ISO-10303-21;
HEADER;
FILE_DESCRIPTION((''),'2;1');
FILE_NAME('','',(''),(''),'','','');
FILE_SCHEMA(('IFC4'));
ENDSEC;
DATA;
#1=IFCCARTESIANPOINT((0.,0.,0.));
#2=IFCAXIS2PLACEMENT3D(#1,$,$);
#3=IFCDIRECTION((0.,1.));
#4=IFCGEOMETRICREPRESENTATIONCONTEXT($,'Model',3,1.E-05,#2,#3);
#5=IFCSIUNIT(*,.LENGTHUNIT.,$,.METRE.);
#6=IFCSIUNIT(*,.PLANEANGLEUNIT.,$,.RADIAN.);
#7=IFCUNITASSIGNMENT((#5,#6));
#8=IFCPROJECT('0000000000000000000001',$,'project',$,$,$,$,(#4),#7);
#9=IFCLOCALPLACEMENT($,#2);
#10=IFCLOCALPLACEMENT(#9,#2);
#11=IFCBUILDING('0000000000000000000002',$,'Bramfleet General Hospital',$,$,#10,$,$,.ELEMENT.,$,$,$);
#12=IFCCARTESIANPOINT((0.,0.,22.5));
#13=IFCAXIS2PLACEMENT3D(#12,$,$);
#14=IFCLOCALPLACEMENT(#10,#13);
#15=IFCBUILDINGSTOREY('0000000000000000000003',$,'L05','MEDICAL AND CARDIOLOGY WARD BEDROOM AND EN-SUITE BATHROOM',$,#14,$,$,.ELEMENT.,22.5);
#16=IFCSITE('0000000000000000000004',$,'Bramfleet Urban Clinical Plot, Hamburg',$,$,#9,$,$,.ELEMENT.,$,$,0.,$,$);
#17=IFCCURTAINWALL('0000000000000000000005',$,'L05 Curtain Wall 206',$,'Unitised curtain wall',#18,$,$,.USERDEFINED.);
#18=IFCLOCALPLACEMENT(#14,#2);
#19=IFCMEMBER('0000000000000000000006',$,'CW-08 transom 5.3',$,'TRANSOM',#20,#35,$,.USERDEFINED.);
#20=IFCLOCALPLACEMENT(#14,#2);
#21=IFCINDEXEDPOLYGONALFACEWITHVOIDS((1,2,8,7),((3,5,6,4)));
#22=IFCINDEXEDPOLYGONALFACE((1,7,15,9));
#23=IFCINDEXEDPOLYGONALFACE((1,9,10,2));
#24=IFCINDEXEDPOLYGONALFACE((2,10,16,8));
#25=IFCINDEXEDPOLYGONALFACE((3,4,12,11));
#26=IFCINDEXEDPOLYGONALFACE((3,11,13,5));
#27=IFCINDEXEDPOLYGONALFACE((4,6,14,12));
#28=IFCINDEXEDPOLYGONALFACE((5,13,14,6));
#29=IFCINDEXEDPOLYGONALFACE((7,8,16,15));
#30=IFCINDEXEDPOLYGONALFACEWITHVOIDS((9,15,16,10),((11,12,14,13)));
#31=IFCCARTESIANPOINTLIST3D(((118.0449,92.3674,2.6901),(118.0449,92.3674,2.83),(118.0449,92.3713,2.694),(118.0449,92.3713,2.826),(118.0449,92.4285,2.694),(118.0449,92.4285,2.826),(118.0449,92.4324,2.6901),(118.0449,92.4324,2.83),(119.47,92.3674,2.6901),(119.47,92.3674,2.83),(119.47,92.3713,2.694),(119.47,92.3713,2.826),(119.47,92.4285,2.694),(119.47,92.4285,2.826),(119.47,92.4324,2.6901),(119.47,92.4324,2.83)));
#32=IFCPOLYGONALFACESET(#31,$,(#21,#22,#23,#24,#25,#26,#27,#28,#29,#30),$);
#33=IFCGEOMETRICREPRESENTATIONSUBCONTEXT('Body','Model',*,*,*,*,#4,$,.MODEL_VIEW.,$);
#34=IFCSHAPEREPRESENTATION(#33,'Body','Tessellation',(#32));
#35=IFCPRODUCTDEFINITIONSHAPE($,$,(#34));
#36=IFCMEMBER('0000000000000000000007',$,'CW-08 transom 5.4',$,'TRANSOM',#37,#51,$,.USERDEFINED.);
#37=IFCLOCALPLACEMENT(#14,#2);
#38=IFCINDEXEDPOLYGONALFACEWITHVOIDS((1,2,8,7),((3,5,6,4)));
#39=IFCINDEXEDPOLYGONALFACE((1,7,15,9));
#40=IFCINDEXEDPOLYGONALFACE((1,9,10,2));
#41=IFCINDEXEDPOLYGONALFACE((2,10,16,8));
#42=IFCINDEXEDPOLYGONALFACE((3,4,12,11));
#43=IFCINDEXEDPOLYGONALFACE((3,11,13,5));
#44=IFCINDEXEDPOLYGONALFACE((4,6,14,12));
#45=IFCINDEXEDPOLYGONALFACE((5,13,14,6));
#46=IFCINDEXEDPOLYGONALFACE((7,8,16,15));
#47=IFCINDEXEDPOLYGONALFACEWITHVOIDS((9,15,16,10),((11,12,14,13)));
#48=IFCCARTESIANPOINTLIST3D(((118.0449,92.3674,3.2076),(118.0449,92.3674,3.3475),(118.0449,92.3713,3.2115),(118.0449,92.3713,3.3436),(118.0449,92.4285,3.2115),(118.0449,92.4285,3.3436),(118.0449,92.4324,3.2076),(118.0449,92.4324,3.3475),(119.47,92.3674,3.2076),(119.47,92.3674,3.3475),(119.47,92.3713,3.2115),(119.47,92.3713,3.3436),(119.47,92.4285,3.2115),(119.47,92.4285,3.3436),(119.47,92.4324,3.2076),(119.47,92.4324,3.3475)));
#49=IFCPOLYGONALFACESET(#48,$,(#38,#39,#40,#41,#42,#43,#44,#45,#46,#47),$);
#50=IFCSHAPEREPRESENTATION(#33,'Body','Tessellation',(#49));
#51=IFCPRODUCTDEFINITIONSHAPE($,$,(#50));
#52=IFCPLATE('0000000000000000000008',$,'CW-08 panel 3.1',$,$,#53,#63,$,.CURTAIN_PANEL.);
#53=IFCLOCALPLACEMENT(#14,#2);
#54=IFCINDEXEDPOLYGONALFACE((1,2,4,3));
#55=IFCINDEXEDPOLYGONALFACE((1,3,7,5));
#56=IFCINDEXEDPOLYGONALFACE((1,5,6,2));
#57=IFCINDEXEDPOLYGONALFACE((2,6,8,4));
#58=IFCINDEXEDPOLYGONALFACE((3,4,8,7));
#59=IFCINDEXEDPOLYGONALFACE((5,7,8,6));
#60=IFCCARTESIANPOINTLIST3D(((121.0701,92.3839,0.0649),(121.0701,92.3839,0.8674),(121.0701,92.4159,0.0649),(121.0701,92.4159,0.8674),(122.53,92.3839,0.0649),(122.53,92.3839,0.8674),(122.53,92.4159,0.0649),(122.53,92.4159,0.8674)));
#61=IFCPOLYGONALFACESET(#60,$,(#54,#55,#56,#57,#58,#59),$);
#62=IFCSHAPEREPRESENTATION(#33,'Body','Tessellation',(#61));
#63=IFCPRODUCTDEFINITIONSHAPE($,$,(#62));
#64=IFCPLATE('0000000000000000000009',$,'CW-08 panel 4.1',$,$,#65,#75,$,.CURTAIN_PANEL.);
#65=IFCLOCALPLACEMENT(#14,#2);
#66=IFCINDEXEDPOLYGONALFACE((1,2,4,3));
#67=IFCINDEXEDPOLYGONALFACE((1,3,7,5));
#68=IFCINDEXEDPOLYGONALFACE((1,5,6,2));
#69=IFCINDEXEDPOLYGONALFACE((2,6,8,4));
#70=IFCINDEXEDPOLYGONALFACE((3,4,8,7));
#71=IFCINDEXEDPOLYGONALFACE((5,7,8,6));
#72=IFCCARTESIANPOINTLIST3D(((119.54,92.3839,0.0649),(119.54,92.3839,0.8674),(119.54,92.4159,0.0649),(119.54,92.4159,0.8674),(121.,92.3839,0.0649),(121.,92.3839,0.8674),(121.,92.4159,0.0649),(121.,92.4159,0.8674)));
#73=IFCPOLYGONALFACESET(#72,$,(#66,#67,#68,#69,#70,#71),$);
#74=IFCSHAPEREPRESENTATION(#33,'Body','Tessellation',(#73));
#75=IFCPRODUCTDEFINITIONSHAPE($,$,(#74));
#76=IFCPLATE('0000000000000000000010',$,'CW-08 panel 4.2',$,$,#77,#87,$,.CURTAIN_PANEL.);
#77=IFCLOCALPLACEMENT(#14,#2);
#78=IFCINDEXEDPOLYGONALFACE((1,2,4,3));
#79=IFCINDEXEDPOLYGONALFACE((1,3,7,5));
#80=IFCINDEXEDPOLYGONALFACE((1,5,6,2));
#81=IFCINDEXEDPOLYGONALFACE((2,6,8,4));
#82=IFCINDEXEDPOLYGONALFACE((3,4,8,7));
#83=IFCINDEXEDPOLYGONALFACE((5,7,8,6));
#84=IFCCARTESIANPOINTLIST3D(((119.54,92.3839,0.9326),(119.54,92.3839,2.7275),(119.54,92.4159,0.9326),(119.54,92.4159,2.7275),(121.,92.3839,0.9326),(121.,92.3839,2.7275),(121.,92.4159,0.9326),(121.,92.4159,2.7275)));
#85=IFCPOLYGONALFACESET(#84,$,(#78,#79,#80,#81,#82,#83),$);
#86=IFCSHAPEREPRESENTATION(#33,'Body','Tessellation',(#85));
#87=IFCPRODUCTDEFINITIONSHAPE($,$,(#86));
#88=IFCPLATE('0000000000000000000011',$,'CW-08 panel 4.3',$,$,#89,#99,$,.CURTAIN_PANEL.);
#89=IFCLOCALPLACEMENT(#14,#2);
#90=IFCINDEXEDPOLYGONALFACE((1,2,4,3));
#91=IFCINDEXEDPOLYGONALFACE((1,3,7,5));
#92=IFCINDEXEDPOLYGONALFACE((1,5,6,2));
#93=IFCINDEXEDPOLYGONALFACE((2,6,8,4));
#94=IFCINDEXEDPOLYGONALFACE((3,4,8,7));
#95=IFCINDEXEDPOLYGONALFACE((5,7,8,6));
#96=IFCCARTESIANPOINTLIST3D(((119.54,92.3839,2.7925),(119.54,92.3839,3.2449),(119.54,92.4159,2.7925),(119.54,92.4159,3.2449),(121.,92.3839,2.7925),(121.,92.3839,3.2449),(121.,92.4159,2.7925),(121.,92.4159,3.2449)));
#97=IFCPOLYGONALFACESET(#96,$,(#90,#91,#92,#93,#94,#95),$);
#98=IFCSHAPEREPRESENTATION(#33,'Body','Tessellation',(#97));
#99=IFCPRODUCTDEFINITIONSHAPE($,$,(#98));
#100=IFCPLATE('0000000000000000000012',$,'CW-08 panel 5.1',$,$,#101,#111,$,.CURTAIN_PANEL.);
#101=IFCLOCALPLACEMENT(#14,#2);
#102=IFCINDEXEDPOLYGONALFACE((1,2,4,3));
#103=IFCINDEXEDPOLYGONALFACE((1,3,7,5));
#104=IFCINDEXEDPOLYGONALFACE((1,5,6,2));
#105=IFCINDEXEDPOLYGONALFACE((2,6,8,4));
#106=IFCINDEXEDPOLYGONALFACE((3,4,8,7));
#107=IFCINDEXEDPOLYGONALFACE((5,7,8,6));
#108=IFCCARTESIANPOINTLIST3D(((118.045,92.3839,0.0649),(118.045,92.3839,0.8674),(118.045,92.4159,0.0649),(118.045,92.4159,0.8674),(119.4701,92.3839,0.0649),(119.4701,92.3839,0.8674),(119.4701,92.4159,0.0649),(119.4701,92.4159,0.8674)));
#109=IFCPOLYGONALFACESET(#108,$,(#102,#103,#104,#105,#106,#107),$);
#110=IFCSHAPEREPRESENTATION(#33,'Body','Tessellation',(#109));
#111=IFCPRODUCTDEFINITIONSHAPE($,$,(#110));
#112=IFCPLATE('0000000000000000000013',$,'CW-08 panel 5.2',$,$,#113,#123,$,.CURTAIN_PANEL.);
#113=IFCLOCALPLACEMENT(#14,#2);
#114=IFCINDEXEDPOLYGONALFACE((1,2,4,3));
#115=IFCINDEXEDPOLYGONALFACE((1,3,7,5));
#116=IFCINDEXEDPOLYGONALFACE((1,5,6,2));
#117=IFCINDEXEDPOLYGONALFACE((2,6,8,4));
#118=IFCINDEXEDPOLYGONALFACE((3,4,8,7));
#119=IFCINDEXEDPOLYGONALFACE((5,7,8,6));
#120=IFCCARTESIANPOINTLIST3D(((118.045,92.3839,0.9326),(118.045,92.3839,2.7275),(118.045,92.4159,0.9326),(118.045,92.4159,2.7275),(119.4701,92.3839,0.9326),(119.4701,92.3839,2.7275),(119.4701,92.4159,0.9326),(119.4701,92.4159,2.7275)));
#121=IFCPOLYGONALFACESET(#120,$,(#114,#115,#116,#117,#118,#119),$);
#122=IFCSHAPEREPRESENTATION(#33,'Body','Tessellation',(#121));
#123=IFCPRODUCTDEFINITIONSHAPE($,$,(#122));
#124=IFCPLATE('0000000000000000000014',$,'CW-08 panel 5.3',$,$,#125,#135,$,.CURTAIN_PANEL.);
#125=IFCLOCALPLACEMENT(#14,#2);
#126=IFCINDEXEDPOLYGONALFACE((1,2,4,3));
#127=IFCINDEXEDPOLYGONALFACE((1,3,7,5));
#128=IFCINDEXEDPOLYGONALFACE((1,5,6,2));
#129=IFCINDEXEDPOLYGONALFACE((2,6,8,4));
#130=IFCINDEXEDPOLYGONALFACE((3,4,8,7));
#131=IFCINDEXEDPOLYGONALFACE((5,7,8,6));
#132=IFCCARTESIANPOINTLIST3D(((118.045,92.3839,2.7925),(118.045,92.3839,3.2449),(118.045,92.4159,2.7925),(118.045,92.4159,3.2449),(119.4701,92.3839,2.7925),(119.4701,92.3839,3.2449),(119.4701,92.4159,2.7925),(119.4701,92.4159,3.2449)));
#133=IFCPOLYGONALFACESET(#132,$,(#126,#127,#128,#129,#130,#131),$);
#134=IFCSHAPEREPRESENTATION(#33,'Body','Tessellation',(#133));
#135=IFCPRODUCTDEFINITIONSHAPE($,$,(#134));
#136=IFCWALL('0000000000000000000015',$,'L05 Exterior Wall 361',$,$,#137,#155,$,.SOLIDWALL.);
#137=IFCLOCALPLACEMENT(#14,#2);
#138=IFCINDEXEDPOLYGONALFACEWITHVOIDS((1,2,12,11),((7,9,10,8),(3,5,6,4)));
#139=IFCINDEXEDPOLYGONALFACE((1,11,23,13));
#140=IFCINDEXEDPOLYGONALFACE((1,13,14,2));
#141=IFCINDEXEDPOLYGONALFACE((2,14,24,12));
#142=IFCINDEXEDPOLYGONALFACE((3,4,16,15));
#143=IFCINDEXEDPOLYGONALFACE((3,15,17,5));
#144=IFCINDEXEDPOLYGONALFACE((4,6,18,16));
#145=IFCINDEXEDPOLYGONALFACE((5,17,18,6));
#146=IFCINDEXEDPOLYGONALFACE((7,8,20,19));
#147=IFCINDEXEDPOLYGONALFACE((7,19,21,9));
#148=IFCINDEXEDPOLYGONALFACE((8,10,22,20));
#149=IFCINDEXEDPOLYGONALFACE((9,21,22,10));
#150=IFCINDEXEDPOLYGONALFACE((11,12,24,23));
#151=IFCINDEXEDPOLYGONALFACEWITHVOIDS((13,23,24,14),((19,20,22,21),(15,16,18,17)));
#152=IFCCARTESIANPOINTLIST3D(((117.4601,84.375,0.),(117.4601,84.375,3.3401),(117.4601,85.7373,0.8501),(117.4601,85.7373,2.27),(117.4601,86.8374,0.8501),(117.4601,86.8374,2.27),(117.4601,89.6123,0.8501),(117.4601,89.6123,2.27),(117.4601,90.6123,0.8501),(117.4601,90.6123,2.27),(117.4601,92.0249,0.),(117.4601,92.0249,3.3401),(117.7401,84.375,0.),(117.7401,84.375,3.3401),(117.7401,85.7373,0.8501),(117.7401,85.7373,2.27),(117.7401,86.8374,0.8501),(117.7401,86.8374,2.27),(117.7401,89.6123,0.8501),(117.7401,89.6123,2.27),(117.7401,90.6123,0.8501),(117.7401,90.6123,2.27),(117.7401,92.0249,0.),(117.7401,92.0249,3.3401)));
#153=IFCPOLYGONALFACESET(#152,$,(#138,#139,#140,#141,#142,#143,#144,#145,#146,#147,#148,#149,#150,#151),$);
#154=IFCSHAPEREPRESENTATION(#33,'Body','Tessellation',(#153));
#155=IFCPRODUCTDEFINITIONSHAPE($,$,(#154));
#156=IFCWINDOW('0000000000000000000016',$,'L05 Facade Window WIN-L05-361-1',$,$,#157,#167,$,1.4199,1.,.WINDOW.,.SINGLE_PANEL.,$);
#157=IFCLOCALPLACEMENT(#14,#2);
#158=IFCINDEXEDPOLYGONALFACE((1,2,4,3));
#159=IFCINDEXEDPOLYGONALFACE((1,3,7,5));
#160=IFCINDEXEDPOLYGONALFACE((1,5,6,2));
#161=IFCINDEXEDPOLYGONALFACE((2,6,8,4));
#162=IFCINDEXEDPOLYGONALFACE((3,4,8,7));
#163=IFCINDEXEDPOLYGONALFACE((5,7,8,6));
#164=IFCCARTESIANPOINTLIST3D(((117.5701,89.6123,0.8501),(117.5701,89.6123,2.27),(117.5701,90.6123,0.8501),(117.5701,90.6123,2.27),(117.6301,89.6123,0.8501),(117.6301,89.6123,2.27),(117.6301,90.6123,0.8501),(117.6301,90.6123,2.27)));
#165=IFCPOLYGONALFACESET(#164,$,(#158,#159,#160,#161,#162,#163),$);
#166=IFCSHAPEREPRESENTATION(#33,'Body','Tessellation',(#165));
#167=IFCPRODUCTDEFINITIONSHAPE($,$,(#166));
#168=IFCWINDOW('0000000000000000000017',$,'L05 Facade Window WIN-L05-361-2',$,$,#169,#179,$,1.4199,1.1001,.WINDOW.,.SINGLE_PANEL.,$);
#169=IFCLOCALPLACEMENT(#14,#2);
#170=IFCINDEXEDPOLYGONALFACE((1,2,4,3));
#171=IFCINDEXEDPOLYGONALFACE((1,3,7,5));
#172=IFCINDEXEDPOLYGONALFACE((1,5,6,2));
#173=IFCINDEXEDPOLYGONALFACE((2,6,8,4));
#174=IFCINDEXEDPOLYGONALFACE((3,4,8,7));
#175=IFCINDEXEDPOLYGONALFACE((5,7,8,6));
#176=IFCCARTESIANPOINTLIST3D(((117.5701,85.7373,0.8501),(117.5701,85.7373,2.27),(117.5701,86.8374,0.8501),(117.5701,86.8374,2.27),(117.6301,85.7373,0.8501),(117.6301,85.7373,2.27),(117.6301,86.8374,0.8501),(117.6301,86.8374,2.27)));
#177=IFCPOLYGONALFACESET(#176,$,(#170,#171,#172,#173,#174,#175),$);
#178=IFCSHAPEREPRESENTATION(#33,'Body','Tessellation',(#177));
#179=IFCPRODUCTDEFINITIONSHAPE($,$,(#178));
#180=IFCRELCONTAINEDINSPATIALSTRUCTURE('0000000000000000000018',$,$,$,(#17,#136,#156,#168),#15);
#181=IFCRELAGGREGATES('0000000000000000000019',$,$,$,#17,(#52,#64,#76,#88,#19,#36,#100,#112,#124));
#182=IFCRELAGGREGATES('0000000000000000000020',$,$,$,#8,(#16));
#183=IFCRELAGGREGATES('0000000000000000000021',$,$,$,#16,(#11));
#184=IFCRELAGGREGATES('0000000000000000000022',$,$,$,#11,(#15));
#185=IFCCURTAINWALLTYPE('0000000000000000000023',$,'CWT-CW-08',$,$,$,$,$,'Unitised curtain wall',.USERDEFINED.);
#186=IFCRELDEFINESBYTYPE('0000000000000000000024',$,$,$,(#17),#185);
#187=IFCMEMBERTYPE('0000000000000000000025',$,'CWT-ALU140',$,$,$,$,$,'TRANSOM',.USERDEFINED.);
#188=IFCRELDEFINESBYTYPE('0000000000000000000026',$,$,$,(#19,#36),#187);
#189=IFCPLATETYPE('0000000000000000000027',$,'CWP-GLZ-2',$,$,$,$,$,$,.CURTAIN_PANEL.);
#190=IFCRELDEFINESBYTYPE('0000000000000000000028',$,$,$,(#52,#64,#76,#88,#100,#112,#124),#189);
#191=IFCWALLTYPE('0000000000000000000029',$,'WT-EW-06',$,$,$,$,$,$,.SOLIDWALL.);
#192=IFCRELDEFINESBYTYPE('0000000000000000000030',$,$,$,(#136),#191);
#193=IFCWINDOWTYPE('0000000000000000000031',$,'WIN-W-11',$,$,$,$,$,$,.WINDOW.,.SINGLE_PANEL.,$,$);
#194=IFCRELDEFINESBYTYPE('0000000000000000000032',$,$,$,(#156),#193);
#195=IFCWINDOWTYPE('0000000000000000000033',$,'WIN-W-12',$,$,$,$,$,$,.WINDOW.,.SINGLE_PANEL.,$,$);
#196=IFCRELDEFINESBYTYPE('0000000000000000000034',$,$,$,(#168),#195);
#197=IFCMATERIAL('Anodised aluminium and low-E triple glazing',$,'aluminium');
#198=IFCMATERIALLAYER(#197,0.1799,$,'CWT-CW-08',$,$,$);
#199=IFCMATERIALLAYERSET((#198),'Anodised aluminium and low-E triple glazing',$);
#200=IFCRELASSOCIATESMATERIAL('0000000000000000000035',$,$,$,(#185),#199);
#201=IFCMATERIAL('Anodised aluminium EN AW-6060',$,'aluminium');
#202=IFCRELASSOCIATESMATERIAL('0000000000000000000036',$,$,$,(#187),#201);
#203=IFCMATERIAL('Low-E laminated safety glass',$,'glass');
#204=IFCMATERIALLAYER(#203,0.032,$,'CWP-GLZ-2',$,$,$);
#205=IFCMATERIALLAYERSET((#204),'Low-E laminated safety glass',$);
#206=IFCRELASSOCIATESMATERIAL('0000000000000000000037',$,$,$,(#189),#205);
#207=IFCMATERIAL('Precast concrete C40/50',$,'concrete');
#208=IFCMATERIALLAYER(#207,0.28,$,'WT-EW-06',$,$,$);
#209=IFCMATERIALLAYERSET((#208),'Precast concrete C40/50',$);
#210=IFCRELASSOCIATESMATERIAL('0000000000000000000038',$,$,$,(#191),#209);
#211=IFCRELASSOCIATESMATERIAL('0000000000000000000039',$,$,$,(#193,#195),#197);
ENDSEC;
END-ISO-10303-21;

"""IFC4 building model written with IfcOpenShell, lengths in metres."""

from ifc_helpers import new_model, si_unit, direction, frame, frame_2d, origin, origin_2d, place, context, subcontext, project, spatial, rectangle, hollow_rectangle, extrude, material, layer, layer_set, material_profile, profile_set, type_object, element, fill, aggregate, save


model = new_model("IFC4")

# Units and contexts
model_context = context("Model", 3, precision=1e-05, world=origin(), true_north=direction((0.0, 1.0)))
body_context = subcontext(model_context, "Body", "Model", "MODEL_VIEW")
ifc_project = project(units=[si_unit("LENGTHUNIT", "METRE"), si_unit("PLANEANGLEUNIT", "RADIAN")], contexts=[model_context])

# Site, building, storey
site_placement = place(None, origin())
site = spatial("IfcSite", under=ifc_project, at=site_placement, Name="Bramfleet Urban Clinical Plot, Hamburg", CompositionType="ELEMENT", RefElevation=0.0)
building_placement = place(site_placement, origin())
building = spatial("IfcBuilding", under=site, at=building_placement, Name="Bramfleet General Hospital", CompositionType="ELEMENT")
storey_placement = place(building_placement, frame((0.0, 0.0, 22.5)))
storey = spatial("IfcBuildingStorey", under=building, at=storey_placement, Name="L05", Description="MEDICAL AND CARDIOLOGY WARD BEDROOM AND EN-SUITE BATHROOM", CompositionType="ELEMENT", Elevation=22.5)

# Curtain wall, members, plates
ifc_material_1 = material(Name="Anodised aluminium and low-E triple glazing", Category="aluminium")
ifc_layer_1 = layer(ifc_material_1, 0.1799, Name="CWT-CW-08")
ifc_layer_set_1 = layer_set([ifc_layer_1], Name="Anodised aluminium and low-E triple glazing")
curtain_wall_type = type_object("IfcCurtainWallType", Name="CWT-CW-08", ElementType="Unitised curtain wall", PredefinedType="USERDEFINED", material=ifc_layer_set_1)
curtain_wall_placement = place(storey_placement, origin())
curtain_wall = element("IfcCurtainWall", 1, at=curtain_wall_placement, inside=storey, type_object=curtain_wall_type, Name="L05 Curtain Wall 206", ObjectType="Unitised curtain wall", PredefinedType="USERDEFINED")
ifc_material_2 = material(Name="Anodised aluminium EN AW-6060", Category="aluminium")
ifc_material_profile_1 = material_profile(ifc_material_2, hollow_rectangle(XDim=0.0649, YDim=0.1399, WallThickness=0.0039, at=origin_2d()), Name="ALU 140x65x4.0")
ifc_profile_set_1 = profile_set([ifc_material_profile_1], Name="Anodised aluminium EN AW-6060")
member_type_1 = type_object("IfcMemberType", Name="CWT-ALU140", ElementType="TRANSOM", PredefinedType="USERDEFINED", material=ifc_profile_set_1)
member_1_placement = place(storey_placement, frame((119.47, 92.3999, 2.76), z_axis=(-1.0, 0.0, 0.0), x_axis=(0.0, -1.0, 0.0)))
member_1 = element("IfcMember", 2, at=member_1_placement, type_object=member_type_1, Name="CW-08 transom 5.3", ObjectType="TRANSOM", PredefinedType="USERDEFINED", context=body_context, shape_type="SweptSolid", body=[
    extrude(hollow_rectangle(XDim=0.0649, YDim=0.1399, WallThickness=0.0039, at=origin_2d()), origin(), (0.0, 0.0, 1.0), 1.425),
])
member_2_placement = place(storey_placement, frame((119.47, 92.3999, 3.2776), z_axis=(-1.0, 0.0, 0.0), x_axis=(0.0, -1.0, 0.0)))
member_2 = element("IfcMember", 3, at=member_2_placement, type_object=member_type_1, Name="CW-08 transom 5.4", ObjectType="TRANSOM", PredefinedType="USERDEFINED", context=body_context, shape_type="SweptSolid", body=[
    extrude(hollow_rectangle(XDim=0.0649, YDim=0.1399, WallThickness=0.0039, at=origin_2d()), origin(), (0.0, 0.0, 1.0), 1.425),
])
ifc_material_3 = material(Name="Low-E laminated safety glass", Category="glass")
ifc_layer_2 = layer(ifc_material_3, 0.032, Name="CWP-GLZ-2")
ifc_layer_set_2 = layer_set([ifc_layer_2], Name="Low-E laminated safety glass")
plate_type = type_object("IfcPlateType", Name="CWP-GLZ-2", PredefinedType="CURTAIN_PANEL", material=ifc_layer_set_2)
plate_1_placement = place(storey_placement, frame((121.8, 92.3999, 0.0649), z_axis=(0.0, 0.0, 1.0), x_axis=(-1.0, 0.0, 0.0)))
plate_1 = element("IfcPlate", 4, at=plate_1_placement, type_object=plate_type, Name="CW-08 panel 3.1", PredefinedType="CURTAIN_PANEL", context=body_context, shape_type="SweptSolid", body=[
    extrude(rectangle(XDim=1.46, YDim=0.032, at=origin_2d()), origin(), (0.0, 0.0, 1.0), 0.8025),
])
plate_2_placement = place(storey_placement, frame((120.27, 92.3999, 0.0649), z_axis=(0.0, 0.0, 1.0), x_axis=(-1.0, 0.0, 0.0)))
plate_2 = element("IfcPlate", 5, at=plate_2_placement, type_object=plate_type, Name="CW-08 panel 4.1", PredefinedType="CURTAIN_PANEL", context=body_context, shape_type="SweptSolid", body=[
    extrude(rectangle(XDim=1.46, YDim=0.032, at=origin_2d()), origin(), (0.0, 0.0, 1.0), 0.8025),
])
plate_3_placement = place(storey_placement, frame((120.27, 92.3999, 0.9326), z_axis=(0.0, 0.0, 1.0), x_axis=(-1.0, 0.0, 0.0)))
plate_3 = element("IfcPlate", 6, at=plate_3_placement, type_object=plate_type, Name="CW-08 panel 4.2", PredefinedType="CURTAIN_PANEL", context=body_context, shape_type="SweptSolid", body=[
    extrude(rectangle(XDim=1.46, YDim=0.032, at=origin_2d()), origin(), (0.0, 0.0, 1.0), 1.7949),
])
plate_4_placement = place(storey_placement, frame((120.27, 92.3999, 2.7925), z_axis=(0.0, 0.0, 1.0), x_axis=(-1.0, 0.0, 0.0)))
plate_4 = element("IfcPlate", 7, at=plate_4_placement, type_object=plate_type, Name="CW-08 panel 4.3", PredefinedType="CURTAIN_PANEL", context=body_context, shape_type="SweptSolid", body=[
    extrude(rectangle(XDim=1.46, YDim=0.032, at=origin_2d()), origin(), (0.0, 0.0, 1.0), 0.4524),
])
plate_5_placement = place(storey_placement, frame((118.7576, 92.3999, 0.0649), z_axis=(0.0, 0.0, 1.0), x_axis=(-1.0, 0.0, 0.0)))
plate_5 = element("IfcPlate", 8, at=plate_5_placement, type_object=plate_type, Name="CW-08 panel 5.1", PredefinedType="CURTAIN_PANEL", context=body_context, shape_type="SweptSolid", body=[
    extrude(rectangle(XDim=1.425, YDim=0.032, at=origin_2d()), origin(), (0.0, 0.0, 1.0), 0.8025),
])
plate_6_placement = place(storey_placement, frame((118.7576, 92.3999, 0.9326), z_axis=(0.0, 0.0, 1.0), x_axis=(-1.0, 0.0, 0.0)))
plate_6 = element("IfcPlate", 9, at=plate_6_placement, type_object=plate_type, Name="CW-08 panel 5.2", PredefinedType="CURTAIN_PANEL", context=body_context, shape_type="SweptSolid", body=[
    extrude(rectangle(XDim=1.425, YDim=0.032, at=origin_2d()), origin(), (0.0, 0.0, 1.0), 1.7949),
])
plate_7_placement = place(storey_placement, frame((118.7576, 92.3999, 2.7925), z_axis=(0.0, 0.0, 1.0), x_axis=(-1.0, 0.0, 0.0)))
plate_7 = element("IfcPlate", 10, at=plate_7_placement, type_object=plate_type, Name="CW-08 panel 5.3", PredefinedType="CURTAIN_PANEL", context=body_context, shape_type="SweptSolid", body=[
    extrude(rectangle(XDim=1.425, YDim=0.032, at=origin_2d()), origin(), (0.0, 0.0, 1.0), 0.4524),
])
aggregate(curtain_wall, [plate_1, plate_2, plate_3, plate_4, member_1, member_2, plate_5, plate_6, plate_7])

# Wall, openings, windows
ifc_material_4 = material(Name="Precast concrete C40/50", Category="concrete")
ifc_layer_3 = layer(ifc_material_4, 0.28, Name="WT-EW-06")
ifc_layer_set_3 = layer_set([ifc_layer_3], Name="Precast concrete C40/50")
wall_type = type_object("IfcWallType", Name="WT-EW-06", PredefinedType="SOLIDWALL", material=ifc_layer_set_3)
wall_placement = place(storey_placement, frame((117.6001, 92.0249, 0.0), z_axis=(0.0, 0.0, 1.0), x_axis=(0.0, -1.0, 0.0)))
wall = element("IfcWall", 11, at=wall_placement, inside=storey, type_object=wall_type, Name="L05 Exterior Wall 361", PredefinedType="SOLIDWALL", context=body_context, shape_type="SweptSolid", body=[
    extrude(rectangle(XDim=7.6499, YDim=0.28, at=frame_2d((3.825, 0.0))), origin(), (0.0, 0.0, 1.0), 3.3401),
])
opening_1_placement = place(wall_placement, frame((1.4126, 0.0, 0.8501)))
opening_1 = element("IfcOpeningElement", 12, at=opening_1_placement, cuts=wall, PredefinedType="OPENING", context=body_context, shape_type="SweptSolid", body=[
    extrude(rectangle(XDim=1.0, YDim=1.4199, at=frame_2d((0.5, 0.71))), frame((0.0, 0.1499, 0.0), z_axis=(0.0, -1.0, 0.0), x_axis=(1.0, 0.0, 0.0)), (0.0, 0.0, 1.0), 0.3),
])
opening_2_placement = place(wall_placement, frame((5.1875, 0.0, 0.8501)))
opening_2 = element("IfcOpeningElement", 13, at=opening_2_placement, cuts=wall, PredefinedType="OPENING", context=body_context, shape_type="SweptSolid", body=[
    extrude(rectangle(XDim=1.1001, YDim=1.4199, at=frame_2d((0.55, 0.71))), frame((0.0, 0.1499, 0.0), z_axis=(0.0, -1.0, 0.0), x_axis=(1.0, 0.0, 0.0)), (0.0, 0.0, 1.0), 0.3),
])
window_type_1 = type_object("IfcWindowType", Name="WIN-W-11", PartitioningType="SINGLE_PANEL", PredefinedType="WINDOW", material=ifc_material_1)
window_1_placement = place(opening_1_placement, origin())
window_1 = element("IfcWindow", 14, at=window_1_placement, inside=storey, type_object=window_type_1, Name="L05 Facade Window WIN-L05-361-1", OverallHeight=1.4199, OverallWidth=1.0, PartitioningType="SINGLE_PANEL", PredefinedType="WINDOW", context=body_context, shape_type="SweptSolid", body=[
    extrude(rectangle(XDim=1.0, YDim=1.4199, at=frame_2d((0.5, 0.71))), frame((0.0, 0.03, 0.0), z_axis=(0.0, -1.0, 0.0), x_axis=(1.0, 0.0, 0.0)), (0.0, 0.0, 1.0), 0.0601),
])
fill(opening_1, window_1)
window_type_2 = type_object("IfcWindowType", Name="WIN-W-12", PartitioningType="SINGLE_PANEL", PredefinedType="WINDOW", material=ifc_material_1)
window_2_placement = place(opening_2_placement, origin())
window_2 = element("IfcWindow", 15, at=window_2_placement, inside=storey, type_object=window_type_2, Name="L05 Facade Window WIN-L05-361-2", OverallHeight=1.4199, OverallWidth=1.1001, PartitioningType="SINGLE_PANEL", PredefinedType="WINDOW", context=body_context, shape_type="SweptSolid", body=[
    extrude(rectangle(XDim=1.1001, YDim=1.4199, at=frame_2d((0.55, 0.71))), frame((0.0, 0.03, 0.0), z_axis=(0.0, -1.0, 0.0), x_axis=(1.0, 0.0, 0.0)), (0.0, 0.0, 1.0), 0.0601),
])
fill(opening_2, window_2)

save(model, "model.ifc")
